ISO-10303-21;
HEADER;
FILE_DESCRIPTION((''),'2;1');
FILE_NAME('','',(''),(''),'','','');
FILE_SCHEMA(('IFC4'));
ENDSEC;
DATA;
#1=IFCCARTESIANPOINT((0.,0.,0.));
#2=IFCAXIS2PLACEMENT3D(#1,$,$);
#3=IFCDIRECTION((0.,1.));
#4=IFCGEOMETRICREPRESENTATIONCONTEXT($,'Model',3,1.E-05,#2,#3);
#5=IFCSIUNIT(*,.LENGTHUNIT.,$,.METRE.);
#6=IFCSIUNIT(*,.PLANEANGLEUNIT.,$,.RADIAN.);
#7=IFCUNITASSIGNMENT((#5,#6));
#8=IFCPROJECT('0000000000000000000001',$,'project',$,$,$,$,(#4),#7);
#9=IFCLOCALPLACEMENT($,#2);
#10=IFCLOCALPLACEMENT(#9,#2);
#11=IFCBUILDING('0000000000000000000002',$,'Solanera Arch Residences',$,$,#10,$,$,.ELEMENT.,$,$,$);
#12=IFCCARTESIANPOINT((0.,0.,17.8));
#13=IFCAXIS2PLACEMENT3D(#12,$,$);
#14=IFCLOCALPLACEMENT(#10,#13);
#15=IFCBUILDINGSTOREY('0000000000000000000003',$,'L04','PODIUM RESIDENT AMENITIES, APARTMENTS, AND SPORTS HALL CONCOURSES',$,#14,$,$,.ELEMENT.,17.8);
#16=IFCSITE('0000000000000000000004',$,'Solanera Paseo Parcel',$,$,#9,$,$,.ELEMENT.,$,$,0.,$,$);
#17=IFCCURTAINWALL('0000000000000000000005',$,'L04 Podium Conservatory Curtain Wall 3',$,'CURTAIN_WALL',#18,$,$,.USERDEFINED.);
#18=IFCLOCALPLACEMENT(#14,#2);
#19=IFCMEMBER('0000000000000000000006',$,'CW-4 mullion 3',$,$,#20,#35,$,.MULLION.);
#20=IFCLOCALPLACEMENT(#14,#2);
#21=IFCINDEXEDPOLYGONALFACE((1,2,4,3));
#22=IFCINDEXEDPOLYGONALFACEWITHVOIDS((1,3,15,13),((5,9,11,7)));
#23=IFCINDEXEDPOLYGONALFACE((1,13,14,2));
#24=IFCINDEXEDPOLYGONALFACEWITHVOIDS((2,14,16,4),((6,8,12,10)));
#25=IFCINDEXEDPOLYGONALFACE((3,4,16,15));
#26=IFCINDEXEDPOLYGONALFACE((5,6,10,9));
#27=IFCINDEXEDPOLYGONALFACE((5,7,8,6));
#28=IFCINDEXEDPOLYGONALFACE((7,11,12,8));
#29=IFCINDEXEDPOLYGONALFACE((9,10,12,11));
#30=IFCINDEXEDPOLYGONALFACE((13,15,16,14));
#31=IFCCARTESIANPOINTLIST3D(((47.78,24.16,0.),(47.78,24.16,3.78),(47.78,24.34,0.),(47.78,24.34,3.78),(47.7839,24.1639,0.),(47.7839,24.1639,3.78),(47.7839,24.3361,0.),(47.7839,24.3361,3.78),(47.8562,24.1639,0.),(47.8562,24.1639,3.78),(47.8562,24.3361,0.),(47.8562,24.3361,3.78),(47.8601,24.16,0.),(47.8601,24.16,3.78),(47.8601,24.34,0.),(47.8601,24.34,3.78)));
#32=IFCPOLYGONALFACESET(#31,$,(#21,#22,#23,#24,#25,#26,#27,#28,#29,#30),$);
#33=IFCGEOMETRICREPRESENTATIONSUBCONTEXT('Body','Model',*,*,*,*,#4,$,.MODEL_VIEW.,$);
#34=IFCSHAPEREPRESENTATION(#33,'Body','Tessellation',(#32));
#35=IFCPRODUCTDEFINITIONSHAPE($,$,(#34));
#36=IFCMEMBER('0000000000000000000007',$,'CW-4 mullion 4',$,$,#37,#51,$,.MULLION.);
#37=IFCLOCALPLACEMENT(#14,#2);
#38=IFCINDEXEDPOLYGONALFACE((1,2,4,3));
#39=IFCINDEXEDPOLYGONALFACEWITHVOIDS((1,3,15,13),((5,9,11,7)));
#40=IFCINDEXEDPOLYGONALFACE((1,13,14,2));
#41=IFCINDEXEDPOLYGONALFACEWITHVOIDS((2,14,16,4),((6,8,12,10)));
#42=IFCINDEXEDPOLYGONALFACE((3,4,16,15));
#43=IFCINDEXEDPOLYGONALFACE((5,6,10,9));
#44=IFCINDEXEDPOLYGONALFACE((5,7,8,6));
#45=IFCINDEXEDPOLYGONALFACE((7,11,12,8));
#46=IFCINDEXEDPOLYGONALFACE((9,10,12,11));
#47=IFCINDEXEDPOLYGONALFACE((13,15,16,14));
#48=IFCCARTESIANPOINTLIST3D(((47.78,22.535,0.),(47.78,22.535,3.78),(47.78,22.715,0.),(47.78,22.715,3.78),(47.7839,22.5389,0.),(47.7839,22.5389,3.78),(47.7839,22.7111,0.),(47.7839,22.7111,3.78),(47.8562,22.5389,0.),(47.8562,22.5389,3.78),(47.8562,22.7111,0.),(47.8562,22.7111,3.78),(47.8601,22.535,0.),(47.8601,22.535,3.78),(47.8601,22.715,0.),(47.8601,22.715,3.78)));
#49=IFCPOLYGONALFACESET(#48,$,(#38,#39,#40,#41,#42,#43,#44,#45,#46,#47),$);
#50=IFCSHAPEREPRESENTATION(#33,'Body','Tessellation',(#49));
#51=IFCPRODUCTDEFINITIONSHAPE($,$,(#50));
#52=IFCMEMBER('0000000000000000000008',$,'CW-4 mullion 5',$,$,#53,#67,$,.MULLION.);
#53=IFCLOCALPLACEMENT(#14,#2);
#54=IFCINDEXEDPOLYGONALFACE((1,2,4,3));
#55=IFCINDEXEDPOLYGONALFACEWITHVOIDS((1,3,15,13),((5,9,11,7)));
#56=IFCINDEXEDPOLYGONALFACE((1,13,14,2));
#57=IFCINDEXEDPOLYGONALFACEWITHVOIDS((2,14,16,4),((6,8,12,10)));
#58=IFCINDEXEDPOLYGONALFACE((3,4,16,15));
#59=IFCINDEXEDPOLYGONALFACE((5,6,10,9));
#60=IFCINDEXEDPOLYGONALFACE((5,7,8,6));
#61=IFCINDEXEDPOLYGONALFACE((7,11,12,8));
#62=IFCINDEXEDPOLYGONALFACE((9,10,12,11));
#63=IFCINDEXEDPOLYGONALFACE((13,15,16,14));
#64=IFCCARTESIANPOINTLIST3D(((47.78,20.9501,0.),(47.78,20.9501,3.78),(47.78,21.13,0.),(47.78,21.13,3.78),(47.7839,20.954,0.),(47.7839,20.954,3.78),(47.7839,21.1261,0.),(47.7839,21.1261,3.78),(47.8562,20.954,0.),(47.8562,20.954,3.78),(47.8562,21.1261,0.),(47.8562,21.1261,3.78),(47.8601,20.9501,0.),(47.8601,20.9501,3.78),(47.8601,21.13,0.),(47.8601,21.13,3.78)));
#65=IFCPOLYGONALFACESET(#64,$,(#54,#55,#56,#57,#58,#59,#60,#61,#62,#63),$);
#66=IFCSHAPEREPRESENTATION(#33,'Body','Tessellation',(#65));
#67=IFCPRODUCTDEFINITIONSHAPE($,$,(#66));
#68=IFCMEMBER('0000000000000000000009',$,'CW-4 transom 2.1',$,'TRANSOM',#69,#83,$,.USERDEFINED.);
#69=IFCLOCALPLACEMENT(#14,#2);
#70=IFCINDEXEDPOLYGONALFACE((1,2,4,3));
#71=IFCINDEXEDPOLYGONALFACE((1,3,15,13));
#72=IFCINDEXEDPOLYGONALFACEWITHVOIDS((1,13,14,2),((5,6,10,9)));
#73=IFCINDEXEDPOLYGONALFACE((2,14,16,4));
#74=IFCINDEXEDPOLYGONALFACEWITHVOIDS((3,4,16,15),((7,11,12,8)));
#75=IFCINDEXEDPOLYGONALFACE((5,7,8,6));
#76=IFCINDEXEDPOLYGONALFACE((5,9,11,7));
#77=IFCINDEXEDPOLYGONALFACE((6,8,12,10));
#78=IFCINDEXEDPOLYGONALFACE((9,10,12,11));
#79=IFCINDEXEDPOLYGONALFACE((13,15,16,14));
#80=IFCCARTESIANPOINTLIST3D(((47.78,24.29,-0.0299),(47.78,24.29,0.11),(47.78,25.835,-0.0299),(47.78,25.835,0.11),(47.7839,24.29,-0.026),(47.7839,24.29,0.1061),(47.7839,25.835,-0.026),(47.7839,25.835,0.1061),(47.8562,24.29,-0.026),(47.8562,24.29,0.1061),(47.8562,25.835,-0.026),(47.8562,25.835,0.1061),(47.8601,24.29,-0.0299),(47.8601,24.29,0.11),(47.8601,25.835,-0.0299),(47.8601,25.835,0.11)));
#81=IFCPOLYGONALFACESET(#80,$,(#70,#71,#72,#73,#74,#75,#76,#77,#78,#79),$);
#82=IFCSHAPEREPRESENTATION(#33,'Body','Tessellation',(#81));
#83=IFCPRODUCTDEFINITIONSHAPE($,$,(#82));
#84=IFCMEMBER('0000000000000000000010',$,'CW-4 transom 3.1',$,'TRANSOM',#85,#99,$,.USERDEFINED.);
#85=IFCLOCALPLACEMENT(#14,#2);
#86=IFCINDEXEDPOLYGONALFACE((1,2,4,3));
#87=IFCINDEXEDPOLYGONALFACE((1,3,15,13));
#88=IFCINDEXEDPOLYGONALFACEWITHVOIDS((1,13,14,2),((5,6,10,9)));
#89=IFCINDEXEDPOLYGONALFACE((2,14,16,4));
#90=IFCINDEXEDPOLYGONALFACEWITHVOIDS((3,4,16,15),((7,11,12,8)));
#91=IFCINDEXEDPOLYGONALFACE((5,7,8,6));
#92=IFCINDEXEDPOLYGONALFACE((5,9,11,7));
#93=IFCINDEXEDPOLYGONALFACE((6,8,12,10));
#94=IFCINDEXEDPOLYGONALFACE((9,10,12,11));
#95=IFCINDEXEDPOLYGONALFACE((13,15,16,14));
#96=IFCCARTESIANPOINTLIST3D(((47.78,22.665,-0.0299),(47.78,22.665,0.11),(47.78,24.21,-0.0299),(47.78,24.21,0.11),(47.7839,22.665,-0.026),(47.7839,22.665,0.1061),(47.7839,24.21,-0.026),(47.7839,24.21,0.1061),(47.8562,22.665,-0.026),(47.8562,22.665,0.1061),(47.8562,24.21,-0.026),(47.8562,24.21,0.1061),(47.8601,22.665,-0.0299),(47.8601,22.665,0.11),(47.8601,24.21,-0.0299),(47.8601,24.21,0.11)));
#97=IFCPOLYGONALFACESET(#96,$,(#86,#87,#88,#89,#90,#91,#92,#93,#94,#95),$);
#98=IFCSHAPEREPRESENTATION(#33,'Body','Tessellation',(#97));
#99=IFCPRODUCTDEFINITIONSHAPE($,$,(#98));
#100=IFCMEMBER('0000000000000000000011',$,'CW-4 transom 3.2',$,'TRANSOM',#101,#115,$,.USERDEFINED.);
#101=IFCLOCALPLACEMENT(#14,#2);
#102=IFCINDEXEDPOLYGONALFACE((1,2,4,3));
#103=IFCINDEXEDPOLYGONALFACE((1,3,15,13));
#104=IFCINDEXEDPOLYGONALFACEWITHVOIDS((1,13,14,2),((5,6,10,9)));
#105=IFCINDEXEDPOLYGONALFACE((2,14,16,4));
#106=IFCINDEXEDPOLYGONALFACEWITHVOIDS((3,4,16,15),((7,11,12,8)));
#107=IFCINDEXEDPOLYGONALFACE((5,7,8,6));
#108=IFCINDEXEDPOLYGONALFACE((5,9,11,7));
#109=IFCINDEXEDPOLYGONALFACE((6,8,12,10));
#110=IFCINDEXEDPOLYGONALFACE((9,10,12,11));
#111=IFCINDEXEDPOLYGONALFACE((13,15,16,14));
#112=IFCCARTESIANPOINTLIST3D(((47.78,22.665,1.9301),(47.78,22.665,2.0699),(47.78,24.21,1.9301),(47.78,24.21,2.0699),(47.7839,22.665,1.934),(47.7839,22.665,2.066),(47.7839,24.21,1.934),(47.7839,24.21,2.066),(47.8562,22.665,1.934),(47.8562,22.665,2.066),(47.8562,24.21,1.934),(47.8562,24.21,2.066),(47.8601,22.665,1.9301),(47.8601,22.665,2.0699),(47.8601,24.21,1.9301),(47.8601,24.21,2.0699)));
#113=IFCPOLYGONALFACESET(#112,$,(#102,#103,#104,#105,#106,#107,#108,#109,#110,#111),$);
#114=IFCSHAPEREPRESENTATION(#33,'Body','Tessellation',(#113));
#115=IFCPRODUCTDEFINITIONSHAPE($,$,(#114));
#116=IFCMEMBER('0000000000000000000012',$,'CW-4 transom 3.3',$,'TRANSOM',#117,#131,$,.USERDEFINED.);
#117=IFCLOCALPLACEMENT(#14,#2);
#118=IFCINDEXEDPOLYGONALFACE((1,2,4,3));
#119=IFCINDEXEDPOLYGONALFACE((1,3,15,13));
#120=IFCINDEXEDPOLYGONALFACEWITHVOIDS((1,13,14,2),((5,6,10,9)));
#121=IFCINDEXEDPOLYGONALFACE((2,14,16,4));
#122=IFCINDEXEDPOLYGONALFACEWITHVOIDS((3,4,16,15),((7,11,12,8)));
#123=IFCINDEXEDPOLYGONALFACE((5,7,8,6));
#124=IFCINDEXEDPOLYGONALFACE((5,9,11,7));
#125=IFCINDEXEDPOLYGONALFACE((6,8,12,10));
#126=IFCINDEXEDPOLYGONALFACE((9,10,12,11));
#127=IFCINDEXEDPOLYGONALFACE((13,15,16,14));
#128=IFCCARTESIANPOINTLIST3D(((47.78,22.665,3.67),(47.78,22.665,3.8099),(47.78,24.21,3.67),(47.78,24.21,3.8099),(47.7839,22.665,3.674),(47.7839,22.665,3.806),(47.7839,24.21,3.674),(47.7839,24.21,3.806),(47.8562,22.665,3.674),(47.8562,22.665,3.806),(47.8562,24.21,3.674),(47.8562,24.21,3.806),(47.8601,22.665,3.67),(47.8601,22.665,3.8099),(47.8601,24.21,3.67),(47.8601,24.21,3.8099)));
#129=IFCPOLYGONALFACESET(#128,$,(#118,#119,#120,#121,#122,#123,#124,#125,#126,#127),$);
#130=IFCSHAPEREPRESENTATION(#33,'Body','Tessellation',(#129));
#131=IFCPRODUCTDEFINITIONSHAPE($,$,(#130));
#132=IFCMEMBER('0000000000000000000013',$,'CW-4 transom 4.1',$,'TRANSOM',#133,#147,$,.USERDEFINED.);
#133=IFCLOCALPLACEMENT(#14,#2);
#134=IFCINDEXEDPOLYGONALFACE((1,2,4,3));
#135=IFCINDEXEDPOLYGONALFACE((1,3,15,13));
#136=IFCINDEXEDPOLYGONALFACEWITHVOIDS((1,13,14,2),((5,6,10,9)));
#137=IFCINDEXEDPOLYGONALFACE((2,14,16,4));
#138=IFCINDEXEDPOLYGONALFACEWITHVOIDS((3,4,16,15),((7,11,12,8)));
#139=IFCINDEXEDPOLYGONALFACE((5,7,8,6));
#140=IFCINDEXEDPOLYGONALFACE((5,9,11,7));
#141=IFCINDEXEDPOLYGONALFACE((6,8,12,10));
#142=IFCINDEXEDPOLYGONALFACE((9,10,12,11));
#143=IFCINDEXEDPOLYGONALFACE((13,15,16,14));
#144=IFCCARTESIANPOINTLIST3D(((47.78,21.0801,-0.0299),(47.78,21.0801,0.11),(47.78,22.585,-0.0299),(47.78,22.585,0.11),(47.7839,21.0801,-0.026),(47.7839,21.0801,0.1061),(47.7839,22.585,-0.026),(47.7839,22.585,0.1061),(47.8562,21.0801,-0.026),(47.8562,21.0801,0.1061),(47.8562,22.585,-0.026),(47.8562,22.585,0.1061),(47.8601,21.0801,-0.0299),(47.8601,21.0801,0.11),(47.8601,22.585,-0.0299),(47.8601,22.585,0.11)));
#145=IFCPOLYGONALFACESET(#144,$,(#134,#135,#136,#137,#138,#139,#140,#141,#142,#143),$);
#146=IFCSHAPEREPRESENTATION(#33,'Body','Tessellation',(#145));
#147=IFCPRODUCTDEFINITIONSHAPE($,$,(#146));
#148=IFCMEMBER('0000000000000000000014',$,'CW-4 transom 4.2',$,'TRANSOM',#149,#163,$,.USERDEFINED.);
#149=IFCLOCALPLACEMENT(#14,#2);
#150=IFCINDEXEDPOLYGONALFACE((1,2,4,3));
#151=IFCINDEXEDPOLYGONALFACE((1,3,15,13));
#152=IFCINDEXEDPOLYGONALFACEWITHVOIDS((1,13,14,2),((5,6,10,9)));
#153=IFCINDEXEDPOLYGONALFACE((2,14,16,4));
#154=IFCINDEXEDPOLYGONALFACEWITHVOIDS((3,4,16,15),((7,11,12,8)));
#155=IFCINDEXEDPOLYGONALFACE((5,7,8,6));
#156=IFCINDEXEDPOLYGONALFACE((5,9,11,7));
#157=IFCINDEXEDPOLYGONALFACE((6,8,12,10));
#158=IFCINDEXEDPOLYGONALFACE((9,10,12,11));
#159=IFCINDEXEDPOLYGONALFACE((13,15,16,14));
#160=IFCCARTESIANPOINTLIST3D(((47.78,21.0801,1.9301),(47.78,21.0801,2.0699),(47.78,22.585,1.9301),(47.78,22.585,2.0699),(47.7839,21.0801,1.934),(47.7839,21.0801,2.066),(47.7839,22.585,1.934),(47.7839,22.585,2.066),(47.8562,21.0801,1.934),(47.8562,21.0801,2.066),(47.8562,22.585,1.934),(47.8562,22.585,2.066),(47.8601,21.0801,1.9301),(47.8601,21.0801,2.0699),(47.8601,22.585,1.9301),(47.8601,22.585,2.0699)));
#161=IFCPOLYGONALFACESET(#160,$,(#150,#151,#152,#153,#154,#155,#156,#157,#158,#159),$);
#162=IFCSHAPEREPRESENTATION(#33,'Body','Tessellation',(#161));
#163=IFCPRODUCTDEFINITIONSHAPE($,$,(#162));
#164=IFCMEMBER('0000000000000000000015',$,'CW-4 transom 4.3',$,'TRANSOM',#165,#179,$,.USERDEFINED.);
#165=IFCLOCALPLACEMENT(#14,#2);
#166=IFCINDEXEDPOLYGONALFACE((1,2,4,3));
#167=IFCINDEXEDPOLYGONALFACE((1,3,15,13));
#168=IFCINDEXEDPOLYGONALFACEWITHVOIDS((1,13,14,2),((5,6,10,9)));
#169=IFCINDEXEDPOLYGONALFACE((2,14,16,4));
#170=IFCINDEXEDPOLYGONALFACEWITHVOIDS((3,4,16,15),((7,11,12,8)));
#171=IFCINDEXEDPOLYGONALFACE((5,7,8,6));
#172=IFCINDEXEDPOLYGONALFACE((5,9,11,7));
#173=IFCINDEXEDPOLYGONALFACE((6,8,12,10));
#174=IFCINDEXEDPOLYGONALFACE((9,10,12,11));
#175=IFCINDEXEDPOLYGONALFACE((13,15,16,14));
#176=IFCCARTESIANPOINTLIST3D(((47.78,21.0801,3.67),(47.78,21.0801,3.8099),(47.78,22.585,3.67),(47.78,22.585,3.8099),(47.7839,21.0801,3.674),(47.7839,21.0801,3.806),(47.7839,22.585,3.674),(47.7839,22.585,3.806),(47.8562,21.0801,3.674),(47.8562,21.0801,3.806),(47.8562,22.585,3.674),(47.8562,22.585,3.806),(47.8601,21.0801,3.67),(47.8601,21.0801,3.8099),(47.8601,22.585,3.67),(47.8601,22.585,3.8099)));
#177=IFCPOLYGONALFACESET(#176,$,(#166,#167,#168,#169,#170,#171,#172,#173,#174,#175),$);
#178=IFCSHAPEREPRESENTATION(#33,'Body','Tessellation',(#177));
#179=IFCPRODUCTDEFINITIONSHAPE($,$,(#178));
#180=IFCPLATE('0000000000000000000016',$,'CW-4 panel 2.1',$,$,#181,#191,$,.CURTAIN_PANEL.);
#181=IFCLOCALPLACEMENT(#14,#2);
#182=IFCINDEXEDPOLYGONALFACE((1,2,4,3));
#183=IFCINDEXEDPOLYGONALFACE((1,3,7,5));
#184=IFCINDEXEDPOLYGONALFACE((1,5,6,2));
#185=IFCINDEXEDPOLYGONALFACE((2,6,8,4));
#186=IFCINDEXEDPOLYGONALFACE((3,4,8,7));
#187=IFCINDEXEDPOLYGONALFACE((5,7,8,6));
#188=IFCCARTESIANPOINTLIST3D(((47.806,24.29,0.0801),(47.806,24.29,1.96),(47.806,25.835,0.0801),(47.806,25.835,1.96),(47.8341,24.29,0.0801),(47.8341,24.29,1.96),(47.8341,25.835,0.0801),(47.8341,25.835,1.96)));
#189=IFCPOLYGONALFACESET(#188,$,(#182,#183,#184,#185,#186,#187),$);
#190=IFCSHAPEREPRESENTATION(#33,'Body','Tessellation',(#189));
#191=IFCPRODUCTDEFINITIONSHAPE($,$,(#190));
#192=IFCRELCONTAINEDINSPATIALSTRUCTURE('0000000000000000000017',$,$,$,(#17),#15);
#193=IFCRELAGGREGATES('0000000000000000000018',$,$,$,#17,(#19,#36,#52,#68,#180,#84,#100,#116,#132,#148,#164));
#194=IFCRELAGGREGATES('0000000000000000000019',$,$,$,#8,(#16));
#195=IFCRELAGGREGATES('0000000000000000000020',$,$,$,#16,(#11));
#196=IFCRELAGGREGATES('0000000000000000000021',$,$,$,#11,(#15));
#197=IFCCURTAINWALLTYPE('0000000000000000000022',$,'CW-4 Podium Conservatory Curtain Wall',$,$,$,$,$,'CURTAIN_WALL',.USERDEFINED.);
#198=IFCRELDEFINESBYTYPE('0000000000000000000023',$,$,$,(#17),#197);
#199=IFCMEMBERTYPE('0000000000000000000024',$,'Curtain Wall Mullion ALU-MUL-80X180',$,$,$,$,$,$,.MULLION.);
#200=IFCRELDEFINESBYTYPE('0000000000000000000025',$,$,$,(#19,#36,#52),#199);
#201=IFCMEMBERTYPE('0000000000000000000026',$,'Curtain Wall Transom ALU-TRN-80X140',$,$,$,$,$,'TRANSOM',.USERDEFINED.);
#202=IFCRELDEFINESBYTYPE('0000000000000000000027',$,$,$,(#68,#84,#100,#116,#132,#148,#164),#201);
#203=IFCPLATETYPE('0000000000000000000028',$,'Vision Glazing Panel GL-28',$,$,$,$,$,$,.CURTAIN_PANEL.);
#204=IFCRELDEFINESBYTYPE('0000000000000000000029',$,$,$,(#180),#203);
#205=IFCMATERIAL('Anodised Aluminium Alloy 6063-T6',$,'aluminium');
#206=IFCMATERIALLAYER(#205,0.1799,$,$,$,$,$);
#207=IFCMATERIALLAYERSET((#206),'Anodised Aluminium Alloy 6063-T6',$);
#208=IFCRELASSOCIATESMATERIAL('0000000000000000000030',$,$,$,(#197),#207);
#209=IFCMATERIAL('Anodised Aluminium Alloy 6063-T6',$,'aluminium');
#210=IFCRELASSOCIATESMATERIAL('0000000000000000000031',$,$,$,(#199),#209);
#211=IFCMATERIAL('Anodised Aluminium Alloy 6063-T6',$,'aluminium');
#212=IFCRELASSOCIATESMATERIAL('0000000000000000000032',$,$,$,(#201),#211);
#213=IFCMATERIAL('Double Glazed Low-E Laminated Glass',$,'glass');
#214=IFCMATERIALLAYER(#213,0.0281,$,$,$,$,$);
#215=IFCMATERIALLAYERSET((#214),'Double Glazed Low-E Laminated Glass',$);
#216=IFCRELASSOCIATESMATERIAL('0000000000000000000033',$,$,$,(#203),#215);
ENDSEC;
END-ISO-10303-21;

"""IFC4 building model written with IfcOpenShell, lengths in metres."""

from ifc_helpers import new_model, si_unit, direction, frame, origin, origin_2d, place, context, subcontext, project, spatial, rectangle, hollow_rectangle, extrude, material, layer, layer_set, material_profile, profile_set, type_object, element, aggregate, save


model = new_model("IFC4")

# Units and contexts
model_context = context("Model", 3, precision=1e-05, world=origin(), true_north=direction((0.0, 1.0)))
body_context = subcontext(model_context, "Body", "Model", "MODEL_VIEW")
ifc_project = project(units=[si_unit("LENGTHUNIT", "METRE"), si_unit("PLANEANGLEUNIT", "RADIAN")], contexts=[model_context])

# Site, building, storey
site_placement = place(None, origin())
site = spatial("IfcSite", under=ifc_project, at=site_placement, Name="Solanera Paseo Parcel", CompositionType="ELEMENT", RefElevation=0.0)
building_placement = place(site_placement, origin())
building = spatial("IfcBuilding", under=site, at=building_placement, Name="Solanera Arch Residences", CompositionType="ELEMENT")
storey_placement = place(building_placement, frame((0.0, 0.0, 17.8)))
storey = spatial("IfcBuildingStorey", under=building, at=storey_placement, Name="L04", Description="PODIUM RESIDENT AMENITIES, APARTMENTS, AND SPORTS HALL CONCOURSES", CompositionType="ELEMENT", Elevation=17.8)

# Curtain wall, members, plate
ifc_material_1 = material(Name="Anodised Aluminium Alloy 6063-T6", Category="aluminium")
ifc_layer_1 = layer(ifc_material_1, 0.1799)
ifc_layer_set_1 = layer_set([ifc_layer_1], Name="Anodised Aluminium Alloy 6063-T6")
curtain_wall_type = type_object("IfcCurtainWallType", Name="CW-4 Podium Conservatory Curtain Wall", ElementType="CURTAIN_WALL", PredefinedType="USERDEFINED", material=ifc_layer_set_1)
curtain_wall_placement = place(storey_placement, origin())
curtain_wall = element("IfcCurtainWall", 1, at=curtain_wall_placement, inside=storey, type_object=curtain_wall_type, Name="L04 Podium Conservatory Curtain Wall 3", ObjectType="CURTAIN_WALL", PredefinedType="USERDEFINED")
ifc_material_2 = material(Name="Anodised Aluminium Alloy 6063-T6", Category="aluminium")
ifc_material_profile_1 = material_profile(ifc_material_2, hollow_rectangle(XDim=0.0801, YDim=0.1799, WallThickness=0.0039, at=origin_2d()))
ifc_profile_set_1 = profile_set([ifc_material_profile_1], Name="Anodised Aluminium Alloy 6063-T6")
member_type_1 = type_object("IfcMemberType", Name="Curtain Wall Mullion ALU-MUL-80X180", PredefinedType="MULLION", material=ifc_profile_set_1)
member_1_placement = place(storey_placement, frame((47.8201, 24.25, 0.0), z_axis=(0.0, 0.0, 1.0), x_axis=(1.0, 0.0, 0.0)))
member_1 = element("IfcMember", 2, at=member_1_placement, type_object=member_type_1, Name="CW-4 mullion 3", PredefinedType="MULLION", context=body_context, shape_type="SweptSolid", body=[
    extrude(hollow_rectangle(XDim=0.0801, YDim=0.1799, WallThickness=0.0039, at=origin_2d()), origin(), (0.0, 0.0, 1.0), 3.78),
])
member_2_placement = place(storey_placement, frame((47.8201, 22.625, 0.0), z_axis=(0.0, 0.0, 1.0), x_axis=(1.0, 0.0, 0.0)))
member_2 = element("IfcMember", 3, at=member_2_placement, type_object=member_type_1, Name="CW-4 mullion 4", PredefinedType="MULLION", context=body_context, shape_type="SweptSolid", body=[
    extrude(hollow_rectangle(XDim=0.0801, YDim=0.1799, WallThickness=0.0039, at=origin_2d()), origin(), (0.0, 0.0, 1.0), 3.78),
])
member_3_placement = place(storey_placement, frame((47.8201, 21.04, 0.0), z_axis=(0.0, 0.0, 1.0), x_axis=(1.0, 0.0, 0.0)))
member_3 = element("IfcMember", 4, at=member_3_placement, type_object=member_type_1, Name="CW-4 mullion 5", PredefinedType="MULLION", context=body_context, shape_type="SweptSolid", body=[
    extrude(hollow_rectangle(XDim=0.0801, YDim=0.1799, WallThickness=0.0039, at=origin_2d()), origin(), (0.0, 0.0, 1.0), 3.78),
])
ifc_material_3 = material(Name="Anodised Aluminium Alloy 6063-T6", Category="aluminium")
ifc_material_profile_2 = material_profile(ifc_material_3, hollow_rectangle(XDim=0.0801, YDim=0.1399, WallThickness=0.0039, at=origin_2d()))
ifc_profile_set_2 = profile_set([ifc_material_profile_2], Name="Anodised Aluminium Alloy 6063-T6")
member_type_2 = type_object("IfcMemberType", Name="Curtain Wall Transom ALU-TRN-80X140", ElementType="TRANSOM", PredefinedType="USERDEFINED", material=ifc_profile_set_2)
member_4_placement = place(storey_placement, frame((47.8201, 25.835, 0.04), z_axis=(0.0, -1.0, 0.0), x_axis=(1.0, 0.0, 0.0)))
member_4 = element("IfcMember", 5, at=member_4_placement, type_object=member_type_2, Name="CW-4 transom 2.1", ObjectType="TRANSOM", PredefinedType="USERDEFINED", context=body_context, shape_type="SweptSolid", body=[
    extrude(hollow_rectangle(XDim=0.0801, YDim=0.1399, WallThickness=0.0039, at=origin_2d()), origin(), (0.0, 0.0, 1.0), 1.5449),
])
member_5_placement = place(storey_placement, frame((47.8201, 24.21, 0.04), z_axis=(0.0, -1.0, 0.0), x_axis=(1.0, 0.0, 0.0)))
member_5 = element("IfcMember", 6, at=member_5_placement, type_object=member_type_2, Name="CW-4 transom 3.1", ObjectType="TRANSOM", PredefinedType="USERDEFINED", context=body_context, shape_type="SweptSolid", body=[
    extrude(hollow_rectangle(XDim=0.0801, YDim=0.1399, WallThickness=0.0039, at=origin_2d()), origin(), (0.0, 0.0, 1.0), 1.5449),
])
member_6_placement = place(storey_placement, frame((47.8201, 24.21, 2.0), z_axis=(0.0, -1.0, 0.0), x_axis=(1.0, 0.0, 0.0)))
member_6 = element("IfcMember", 7, at=member_6_placement, type_object=member_type_2, Name="CW-4 transom 3.2", ObjectType="TRANSOM", PredefinedType="USERDEFINED", context=body_context, shape_type="SweptSolid", body=[
    extrude(hollow_rectangle(XDim=0.0801, YDim=0.1399, WallThickness=0.0039, at=origin_2d()), origin(), (0.0, 0.0, 1.0), 1.5449),
])
member_7_placement = place(storey_placement, frame((47.8201, 24.21, 3.74), z_axis=(0.0, -1.0, 0.0), x_axis=(1.0, 0.0, 0.0)))
member_7 = element("IfcMember", 8, at=member_7_placement, type_object=member_type_2, Name="CW-4 transom 3.3", ObjectType="TRANSOM", PredefinedType="USERDEFINED", context=body_context, shape_type="SweptSolid", body=[
    extrude(hollow_rectangle(XDim=0.0801, YDim=0.1399, WallThickness=0.0039, at=origin_2d()), origin(), (0.0, 0.0, 1.0), 1.5449),
])
member_8_placement = place(storey_placement, frame((47.8201, 22.585, 0.04), z_axis=(0.0, -1.0, 0.0), x_axis=(1.0, 0.0, 0.0)))
member_8 = element("IfcMember", 9, at=member_8_placement, type_object=member_type_2, Name="CW-4 transom 4.1", ObjectType="TRANSOM", PredefinedType="USERDEFINED", context=body_context, shape_type="SweptSolid", body=[
    extrude(hollow_rectangle(XDim=0.0801, YDim=0.1399, WallThickness=0.0039, at=origin_2d()), origin(), (0.0, 0.0, 1.0), 1.5049),
])
member_9_placement = place(storey_placement, frame((47.8201, 22.585, 2.0), z_axis=(0.0, -1.0, 0.0), x_axis=(1.0, 0.0, 0.0)))
member_9 = element("IfcMember", 10, at=member_9_placement, type_object=member_type_2, Name="CW-4 transom 4.2", ObjectType="TRANSOM", PredefinedType="USERDEFINED", context=body_context, shape_type="SweptSolid", body=[
    extrude(hollow_rectangle(XDim=0.0801, YDim=0.1399, WallThickness=0.0039, at=origin_2d()), origin(), (0.0, 0.0, 1.0), 1.5049),
])
member_10_placement = place(storey_placement, frame((47.8201, 22.585, 3.74), z_axis=(0.0, -1.0, 0.0), x_axis=(1.0, 0.0, 0.0)))
member_10 = element("IfcMember", 11, at=member_10_placement, type_object=member_type_2, Name="CW-4 transom 4.3", ObjectType="TRANSOM", PredefinedType="USERDEFINED", context=body_context, shape_type="SweptSolid", body=[
    extrude(hollow_rectangle(XDim=0.0801, YDim=0.1399, WallThickness=0.0039, at=origin_2d()), origin(), (0.0, 0.0, 1.0), 1.5049),
])
ifc_material_4 = material(Name="Double Glazed Low-E Laminated Glass", Category="glass")
ifc_layer_2 = layer(ifc_material_4, 0.0281)
ifc_layer_set_2 = layer_set([ifc_layer_2], Name="Double Glazed Low-E Laminated Glass")
plate_type = type_object("IfcPlateType", Name="Vision Glazing Panel GL-28", PredefinedType="CURTAIN_PANEL", material=ifc_layer_set_2)
plate_1_placement = place(storey_placement, frame((47.8201, 25.0625, 0.0801), z_axis=(0.0, 0.0, 1.0), x_axis=(0.0, -1.0, 0.0)))
plate_1 = element("IfcPlate", 12, at=plate_1_placement, type_object=plate_type, Name="CW-4 panel 2.1", PredefinedType="CURTAIN_PANEL", context=body_context, shape_type="SweptSolid", body=[
    extrude(rectangle(XDim=1.5449, YDim=0.0281, at=origin_2d()), origin(), (0.0, 0.0, 1.0), 1.8799),
])
aggregate(curtain_wall, [member_1, member_2, member_3, member_4, plate_1, member_5, member_6, member_7, member_8, member_9, member_10])

save(model, "model.ifc")
